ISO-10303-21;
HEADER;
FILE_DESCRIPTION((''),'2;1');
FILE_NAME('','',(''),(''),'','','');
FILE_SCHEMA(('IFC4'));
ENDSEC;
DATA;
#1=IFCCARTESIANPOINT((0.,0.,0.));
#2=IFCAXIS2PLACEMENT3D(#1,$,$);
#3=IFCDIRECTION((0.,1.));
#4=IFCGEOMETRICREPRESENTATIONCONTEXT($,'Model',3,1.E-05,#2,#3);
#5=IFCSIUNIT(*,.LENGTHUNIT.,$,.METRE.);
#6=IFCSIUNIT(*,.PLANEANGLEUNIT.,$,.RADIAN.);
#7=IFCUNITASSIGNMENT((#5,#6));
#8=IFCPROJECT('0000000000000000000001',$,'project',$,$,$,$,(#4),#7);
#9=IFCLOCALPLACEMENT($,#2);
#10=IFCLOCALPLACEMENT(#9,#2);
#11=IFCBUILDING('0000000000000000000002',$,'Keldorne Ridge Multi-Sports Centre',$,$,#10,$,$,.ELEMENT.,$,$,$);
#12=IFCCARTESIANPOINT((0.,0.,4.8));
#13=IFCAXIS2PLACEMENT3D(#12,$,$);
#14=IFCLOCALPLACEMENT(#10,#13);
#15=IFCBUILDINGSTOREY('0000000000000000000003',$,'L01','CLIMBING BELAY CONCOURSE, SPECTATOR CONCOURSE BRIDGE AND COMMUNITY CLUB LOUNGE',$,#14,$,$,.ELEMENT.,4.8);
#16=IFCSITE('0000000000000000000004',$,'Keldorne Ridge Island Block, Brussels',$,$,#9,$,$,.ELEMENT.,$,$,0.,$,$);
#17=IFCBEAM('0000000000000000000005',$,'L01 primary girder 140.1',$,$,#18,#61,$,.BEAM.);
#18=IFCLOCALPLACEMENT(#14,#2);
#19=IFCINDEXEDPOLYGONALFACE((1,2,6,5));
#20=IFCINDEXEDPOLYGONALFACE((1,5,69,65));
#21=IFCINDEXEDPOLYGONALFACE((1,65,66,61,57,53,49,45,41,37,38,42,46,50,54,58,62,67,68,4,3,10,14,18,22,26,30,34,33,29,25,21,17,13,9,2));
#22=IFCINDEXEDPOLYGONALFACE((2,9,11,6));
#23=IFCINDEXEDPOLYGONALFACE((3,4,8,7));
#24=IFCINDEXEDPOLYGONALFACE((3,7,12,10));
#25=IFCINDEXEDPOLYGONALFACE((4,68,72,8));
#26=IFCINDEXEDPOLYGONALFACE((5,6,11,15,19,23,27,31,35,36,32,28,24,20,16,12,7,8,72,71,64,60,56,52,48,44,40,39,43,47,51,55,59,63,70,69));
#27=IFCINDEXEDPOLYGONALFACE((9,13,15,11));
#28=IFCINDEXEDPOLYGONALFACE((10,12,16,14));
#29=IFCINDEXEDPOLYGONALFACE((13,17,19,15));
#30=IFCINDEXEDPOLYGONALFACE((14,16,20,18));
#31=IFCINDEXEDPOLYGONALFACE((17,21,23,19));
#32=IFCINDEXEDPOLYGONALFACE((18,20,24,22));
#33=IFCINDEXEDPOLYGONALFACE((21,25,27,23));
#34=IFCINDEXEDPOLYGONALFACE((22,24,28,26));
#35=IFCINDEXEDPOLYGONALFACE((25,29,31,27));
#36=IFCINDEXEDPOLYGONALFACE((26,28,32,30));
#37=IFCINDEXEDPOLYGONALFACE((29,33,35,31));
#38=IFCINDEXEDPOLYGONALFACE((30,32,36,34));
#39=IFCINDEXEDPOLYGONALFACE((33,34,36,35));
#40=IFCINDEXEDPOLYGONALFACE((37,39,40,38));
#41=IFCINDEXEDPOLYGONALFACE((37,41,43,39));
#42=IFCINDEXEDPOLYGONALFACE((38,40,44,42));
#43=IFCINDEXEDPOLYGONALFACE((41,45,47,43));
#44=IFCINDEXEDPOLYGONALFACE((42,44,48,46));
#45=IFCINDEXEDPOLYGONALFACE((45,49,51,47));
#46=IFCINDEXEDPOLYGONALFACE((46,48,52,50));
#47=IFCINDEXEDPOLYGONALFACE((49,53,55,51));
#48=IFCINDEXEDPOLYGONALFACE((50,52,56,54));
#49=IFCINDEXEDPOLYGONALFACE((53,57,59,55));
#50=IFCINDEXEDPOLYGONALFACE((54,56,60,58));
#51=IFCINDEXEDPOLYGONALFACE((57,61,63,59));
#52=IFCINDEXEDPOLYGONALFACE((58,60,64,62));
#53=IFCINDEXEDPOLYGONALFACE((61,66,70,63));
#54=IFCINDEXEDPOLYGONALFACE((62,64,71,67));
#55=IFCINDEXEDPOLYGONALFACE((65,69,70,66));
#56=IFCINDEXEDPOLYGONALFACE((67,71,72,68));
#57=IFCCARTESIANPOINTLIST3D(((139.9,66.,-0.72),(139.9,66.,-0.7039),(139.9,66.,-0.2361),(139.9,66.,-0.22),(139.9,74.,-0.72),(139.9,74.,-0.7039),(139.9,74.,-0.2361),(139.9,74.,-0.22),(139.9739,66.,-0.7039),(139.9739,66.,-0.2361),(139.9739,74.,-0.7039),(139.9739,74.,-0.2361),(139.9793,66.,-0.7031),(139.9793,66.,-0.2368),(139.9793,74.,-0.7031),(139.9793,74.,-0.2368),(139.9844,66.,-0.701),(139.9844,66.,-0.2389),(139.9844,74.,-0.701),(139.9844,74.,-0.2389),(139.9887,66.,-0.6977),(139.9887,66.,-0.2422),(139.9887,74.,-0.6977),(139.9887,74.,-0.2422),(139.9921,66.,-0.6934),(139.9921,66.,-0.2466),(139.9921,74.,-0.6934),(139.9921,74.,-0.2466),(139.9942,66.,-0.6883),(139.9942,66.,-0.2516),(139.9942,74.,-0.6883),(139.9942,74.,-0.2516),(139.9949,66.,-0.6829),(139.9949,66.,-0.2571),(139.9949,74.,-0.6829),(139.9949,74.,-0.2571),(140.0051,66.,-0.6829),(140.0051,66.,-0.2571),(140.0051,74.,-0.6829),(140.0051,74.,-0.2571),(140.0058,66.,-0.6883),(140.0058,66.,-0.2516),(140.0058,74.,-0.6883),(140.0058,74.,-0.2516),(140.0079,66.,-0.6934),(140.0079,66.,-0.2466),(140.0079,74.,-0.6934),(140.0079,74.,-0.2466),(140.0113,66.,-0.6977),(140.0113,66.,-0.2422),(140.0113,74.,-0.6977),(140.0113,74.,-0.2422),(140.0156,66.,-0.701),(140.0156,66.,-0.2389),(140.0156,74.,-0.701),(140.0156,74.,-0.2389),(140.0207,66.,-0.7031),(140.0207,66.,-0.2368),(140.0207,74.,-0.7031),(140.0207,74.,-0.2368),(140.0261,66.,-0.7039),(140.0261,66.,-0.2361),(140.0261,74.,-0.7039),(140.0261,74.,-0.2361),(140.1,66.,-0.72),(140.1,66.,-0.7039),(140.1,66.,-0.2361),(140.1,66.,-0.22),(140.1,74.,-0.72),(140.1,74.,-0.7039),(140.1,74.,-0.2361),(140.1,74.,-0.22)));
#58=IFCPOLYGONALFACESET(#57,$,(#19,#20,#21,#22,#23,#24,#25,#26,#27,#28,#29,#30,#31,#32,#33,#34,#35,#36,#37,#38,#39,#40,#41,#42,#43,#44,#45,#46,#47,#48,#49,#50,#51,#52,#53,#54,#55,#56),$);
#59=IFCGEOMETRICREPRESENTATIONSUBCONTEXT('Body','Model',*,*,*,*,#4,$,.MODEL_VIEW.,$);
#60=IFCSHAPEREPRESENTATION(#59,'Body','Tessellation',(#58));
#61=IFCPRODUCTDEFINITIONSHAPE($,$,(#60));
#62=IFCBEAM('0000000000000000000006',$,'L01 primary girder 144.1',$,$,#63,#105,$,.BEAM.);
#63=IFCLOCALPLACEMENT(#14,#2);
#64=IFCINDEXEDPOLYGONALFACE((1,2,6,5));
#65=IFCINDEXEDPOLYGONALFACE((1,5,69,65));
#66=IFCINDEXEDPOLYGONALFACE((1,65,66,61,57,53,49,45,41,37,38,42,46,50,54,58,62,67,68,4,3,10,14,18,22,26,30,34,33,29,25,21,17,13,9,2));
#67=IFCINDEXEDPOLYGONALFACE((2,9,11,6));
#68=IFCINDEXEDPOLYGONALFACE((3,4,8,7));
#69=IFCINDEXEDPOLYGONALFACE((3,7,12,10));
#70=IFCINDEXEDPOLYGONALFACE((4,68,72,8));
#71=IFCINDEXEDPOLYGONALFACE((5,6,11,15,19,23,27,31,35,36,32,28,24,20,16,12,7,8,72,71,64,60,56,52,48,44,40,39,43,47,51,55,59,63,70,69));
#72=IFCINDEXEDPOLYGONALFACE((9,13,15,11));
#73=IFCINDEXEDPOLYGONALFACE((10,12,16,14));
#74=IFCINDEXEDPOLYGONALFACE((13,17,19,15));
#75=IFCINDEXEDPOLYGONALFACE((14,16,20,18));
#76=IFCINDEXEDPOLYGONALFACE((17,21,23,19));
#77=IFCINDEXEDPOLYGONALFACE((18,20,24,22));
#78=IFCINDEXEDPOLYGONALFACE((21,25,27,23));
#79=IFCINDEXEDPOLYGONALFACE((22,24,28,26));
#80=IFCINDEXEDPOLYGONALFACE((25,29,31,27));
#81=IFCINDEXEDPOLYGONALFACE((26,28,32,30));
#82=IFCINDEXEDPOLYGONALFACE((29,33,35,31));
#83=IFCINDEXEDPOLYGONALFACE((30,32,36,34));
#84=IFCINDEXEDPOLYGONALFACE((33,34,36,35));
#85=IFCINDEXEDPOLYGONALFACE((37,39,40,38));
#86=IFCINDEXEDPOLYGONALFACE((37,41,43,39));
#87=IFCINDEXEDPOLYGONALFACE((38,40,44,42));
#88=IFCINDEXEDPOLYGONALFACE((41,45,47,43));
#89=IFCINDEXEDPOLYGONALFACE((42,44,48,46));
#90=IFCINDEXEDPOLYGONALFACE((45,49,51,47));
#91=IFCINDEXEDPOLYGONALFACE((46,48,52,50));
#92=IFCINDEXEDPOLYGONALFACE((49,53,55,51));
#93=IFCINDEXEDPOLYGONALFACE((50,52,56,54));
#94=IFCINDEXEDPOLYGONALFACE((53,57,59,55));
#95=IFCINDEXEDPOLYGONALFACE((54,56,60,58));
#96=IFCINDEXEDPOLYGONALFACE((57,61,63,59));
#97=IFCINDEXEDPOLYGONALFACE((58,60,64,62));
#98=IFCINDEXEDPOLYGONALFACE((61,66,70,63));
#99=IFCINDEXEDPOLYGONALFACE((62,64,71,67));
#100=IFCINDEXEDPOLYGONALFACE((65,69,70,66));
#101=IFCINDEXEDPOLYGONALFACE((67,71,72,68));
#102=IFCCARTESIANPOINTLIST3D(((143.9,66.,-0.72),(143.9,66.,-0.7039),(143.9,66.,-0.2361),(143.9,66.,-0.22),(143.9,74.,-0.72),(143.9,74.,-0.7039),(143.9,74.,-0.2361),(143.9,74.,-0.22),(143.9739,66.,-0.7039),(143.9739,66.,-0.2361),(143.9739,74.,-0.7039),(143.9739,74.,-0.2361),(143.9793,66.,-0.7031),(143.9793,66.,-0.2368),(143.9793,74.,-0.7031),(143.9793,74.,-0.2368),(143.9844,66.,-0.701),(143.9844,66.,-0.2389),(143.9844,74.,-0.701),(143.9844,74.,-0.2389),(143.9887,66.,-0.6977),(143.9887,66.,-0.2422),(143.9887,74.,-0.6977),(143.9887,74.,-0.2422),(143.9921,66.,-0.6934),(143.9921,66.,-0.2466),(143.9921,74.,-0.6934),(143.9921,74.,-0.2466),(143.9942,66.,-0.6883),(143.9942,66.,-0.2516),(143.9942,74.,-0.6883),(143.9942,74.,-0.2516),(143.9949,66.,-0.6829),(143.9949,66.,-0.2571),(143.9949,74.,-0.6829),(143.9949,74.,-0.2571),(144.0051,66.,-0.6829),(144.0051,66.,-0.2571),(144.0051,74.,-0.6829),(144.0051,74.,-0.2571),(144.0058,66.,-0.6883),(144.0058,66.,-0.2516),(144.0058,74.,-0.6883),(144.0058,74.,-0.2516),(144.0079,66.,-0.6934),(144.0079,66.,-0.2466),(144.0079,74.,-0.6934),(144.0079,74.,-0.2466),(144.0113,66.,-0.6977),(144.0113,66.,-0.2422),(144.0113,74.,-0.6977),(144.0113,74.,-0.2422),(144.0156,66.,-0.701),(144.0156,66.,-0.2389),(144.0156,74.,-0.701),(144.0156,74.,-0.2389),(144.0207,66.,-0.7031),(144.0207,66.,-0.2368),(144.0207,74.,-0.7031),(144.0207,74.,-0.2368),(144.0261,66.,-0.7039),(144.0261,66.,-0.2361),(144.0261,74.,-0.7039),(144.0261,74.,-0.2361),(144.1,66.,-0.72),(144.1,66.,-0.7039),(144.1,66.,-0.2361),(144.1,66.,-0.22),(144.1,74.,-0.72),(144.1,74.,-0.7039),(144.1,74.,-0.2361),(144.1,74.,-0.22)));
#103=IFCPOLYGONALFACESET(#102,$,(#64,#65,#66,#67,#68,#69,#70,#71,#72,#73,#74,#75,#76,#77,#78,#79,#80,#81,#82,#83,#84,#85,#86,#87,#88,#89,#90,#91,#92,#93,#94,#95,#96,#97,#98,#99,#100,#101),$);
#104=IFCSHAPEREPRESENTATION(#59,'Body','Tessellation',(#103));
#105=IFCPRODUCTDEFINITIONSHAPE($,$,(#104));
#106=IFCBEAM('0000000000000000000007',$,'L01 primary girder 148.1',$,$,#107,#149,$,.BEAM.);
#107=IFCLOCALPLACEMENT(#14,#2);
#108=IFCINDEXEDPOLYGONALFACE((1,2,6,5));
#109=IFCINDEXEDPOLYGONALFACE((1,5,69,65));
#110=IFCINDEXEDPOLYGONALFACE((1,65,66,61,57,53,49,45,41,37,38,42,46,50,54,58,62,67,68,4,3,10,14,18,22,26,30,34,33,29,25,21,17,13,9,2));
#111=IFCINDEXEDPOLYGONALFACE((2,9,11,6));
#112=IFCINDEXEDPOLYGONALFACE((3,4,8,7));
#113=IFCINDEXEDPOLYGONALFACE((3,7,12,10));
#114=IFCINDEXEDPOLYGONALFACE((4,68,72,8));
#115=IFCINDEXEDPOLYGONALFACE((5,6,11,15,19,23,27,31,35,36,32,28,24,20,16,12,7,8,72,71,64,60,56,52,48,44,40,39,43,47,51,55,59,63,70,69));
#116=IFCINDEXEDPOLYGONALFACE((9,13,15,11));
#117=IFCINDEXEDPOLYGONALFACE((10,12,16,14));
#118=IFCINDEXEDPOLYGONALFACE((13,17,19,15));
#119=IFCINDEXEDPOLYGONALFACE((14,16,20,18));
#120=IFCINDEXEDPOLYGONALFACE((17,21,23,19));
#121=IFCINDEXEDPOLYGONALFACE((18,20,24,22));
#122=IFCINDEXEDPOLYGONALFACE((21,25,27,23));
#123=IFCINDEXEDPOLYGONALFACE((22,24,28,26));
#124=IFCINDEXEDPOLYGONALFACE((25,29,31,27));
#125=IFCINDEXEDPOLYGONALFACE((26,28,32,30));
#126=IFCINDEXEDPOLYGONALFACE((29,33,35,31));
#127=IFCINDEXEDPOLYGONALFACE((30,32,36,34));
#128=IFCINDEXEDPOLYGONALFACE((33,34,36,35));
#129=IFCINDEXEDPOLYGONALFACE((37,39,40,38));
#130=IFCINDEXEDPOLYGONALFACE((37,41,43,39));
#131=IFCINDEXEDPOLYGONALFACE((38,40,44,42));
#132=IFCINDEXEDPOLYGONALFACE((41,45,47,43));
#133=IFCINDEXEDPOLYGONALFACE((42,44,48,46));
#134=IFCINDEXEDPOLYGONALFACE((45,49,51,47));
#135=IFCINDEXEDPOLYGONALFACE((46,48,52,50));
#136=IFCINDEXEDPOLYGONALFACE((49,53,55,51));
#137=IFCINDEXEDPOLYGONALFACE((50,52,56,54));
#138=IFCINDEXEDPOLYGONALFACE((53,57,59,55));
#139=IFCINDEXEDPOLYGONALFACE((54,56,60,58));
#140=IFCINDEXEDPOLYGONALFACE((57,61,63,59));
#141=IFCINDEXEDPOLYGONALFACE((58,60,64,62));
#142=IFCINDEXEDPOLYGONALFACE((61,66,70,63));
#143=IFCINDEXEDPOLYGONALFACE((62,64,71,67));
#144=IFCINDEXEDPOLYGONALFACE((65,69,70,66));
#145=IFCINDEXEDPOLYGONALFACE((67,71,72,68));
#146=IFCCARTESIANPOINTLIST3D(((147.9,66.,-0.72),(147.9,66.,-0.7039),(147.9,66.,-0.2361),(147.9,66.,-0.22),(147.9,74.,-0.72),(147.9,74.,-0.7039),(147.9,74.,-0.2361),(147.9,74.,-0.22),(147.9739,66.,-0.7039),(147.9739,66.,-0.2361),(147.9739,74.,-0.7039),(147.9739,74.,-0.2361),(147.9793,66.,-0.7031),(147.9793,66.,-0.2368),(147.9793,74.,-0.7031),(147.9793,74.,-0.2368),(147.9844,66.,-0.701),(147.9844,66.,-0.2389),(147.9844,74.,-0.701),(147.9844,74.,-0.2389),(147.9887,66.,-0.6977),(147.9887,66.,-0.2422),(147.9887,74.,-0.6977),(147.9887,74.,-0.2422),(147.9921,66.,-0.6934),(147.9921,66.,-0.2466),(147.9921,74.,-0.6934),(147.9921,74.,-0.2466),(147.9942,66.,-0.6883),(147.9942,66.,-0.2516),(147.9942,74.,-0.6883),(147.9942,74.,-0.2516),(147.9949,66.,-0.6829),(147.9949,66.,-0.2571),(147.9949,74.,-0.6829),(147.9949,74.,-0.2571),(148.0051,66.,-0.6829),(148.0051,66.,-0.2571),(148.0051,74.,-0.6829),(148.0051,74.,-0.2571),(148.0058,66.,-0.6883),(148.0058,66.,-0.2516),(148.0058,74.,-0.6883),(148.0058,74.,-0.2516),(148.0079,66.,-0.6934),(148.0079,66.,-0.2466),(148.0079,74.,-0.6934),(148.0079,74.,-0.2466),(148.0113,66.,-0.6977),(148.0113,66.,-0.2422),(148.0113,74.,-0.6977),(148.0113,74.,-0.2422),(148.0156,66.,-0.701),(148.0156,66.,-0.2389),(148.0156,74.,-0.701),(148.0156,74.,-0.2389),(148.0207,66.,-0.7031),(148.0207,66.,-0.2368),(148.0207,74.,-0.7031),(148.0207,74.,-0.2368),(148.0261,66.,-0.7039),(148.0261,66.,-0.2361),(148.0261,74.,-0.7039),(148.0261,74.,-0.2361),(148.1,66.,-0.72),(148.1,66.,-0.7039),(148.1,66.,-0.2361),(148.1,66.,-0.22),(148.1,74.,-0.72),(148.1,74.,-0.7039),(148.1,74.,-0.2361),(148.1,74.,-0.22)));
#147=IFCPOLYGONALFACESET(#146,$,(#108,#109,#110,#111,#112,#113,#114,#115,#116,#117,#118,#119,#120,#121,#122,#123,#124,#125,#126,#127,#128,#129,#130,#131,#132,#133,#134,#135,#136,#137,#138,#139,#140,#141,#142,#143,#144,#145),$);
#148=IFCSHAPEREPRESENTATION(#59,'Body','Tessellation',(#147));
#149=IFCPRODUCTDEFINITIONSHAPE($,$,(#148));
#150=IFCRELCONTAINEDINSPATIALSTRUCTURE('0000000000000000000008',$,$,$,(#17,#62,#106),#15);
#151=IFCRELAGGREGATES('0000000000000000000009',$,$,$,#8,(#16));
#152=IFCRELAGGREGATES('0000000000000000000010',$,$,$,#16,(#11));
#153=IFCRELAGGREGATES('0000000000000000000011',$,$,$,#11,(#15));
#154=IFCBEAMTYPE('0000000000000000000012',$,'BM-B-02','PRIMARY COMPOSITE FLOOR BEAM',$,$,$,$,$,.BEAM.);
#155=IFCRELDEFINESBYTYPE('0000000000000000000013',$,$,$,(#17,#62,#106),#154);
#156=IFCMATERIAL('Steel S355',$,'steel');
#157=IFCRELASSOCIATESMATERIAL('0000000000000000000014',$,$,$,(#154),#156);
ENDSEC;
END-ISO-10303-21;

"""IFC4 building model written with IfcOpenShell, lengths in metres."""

from ifc_helpers import new_model, si_unit, direction, frame, origin, origin_2d, place, context, subcontext, project, spatial, i_section, extrude, material, material_profile, profile_set, type_object, element, save


model = new_model("IFC4")

# Units and contexts
model_context = context("Model", 3, precision=1e-05, world=origin(), true_north=direction((0.0, 1.0)))
body_context = subcontext(model_context, "Body", "Model", "MODEL_VIEW")
ifc_project = project(units=[si_unit("LENGTHUNIT", "METRE"), si_unit("PLANEANGLEUNIT", "RADIAN")], contexts=[model_context])

# Site, building, storey
site_placement = place(None, origin())
site = spatial("IfcSite", under=ifc_project, at=site_placement, Name="Keldorne Ridge Island Block, Brussels", CompositionType="ELEMENT", RefElevation=0.0)
building_placement = place(site_placement, origin())
building = spatial("IfcBuilding", under=site, at=building_placement, Name="Keldorne Ridge Multi-Sports Centre", CompositionType="ELEMENT")
storey_placement = place(building_placement, frame((0.0, 0.0, 4.8)))
storey = spatial("IfcBuildingStorey", under=building, at=storey_placement, Name="L01", Description="CLIMBING BELAY CONCOURSE, SPECTATOR CONCOURSE BRIDGE AND COMMUNITY CLUB LOUNGE", CompositionType="ELEMENT", Elevation=4.8)

# Shared definitions
ifc_material_1 = material(Name="Steel S355", Category="steel")

# Beams
ifc_material_profile_1 = material_profile(ifc_material_1, i_section(OverallWidth=0.2, OverallDepth=0.5, WebThickness=0.0103, FlangeThickness=0.0161, FilletRadius=0.021, at=origin_2d()), Name="IPE 500")
ifc_profile_set_1 = profile_set([ifc_material_profile_1], Name="Steel S355")
beam_type_1 = type_object("IfcBeamType", Name="BM-B-02", Description="PRIMARY COMPOSITE FLOOR BEAM", PredefinedType="BEAM", material=ifc_profile_set_1)
for number, where, z_axis, x_axis, name in (
    (1, (140.0, 66.0, -0.47), (0.0, 1.0, 0.0), (-1.0, 0.0, 0.0), "L01 primary girder 140.1"),
    (2, (144.0, 66.0, -0.47), (0.0, 1.0, 0.0), (-1.0, 0.0, 0.0), "L01 primary girder 144.1"),
    (3, (148.0, 66.0, -0.47), (0.0, 1.0, 0.0), (-1.0, 0.0, 0.0), "L01 primary girder 148.1"),
):
    element("IfcBeam", number, at=place(storey_placement, frame(where, z_axis=z_axis, x_axis=x_axis)), inside=storey, type_object=beam_type_1, Name=name, PredefinedType="BEAM", context=body_context, shape_type="SweptSolid", body=[
        extrude(i_section(OverallWidth=0.2, OverallDepth=0.5, WebThickness=0.0103, FlangeThickness=0.0161, FilletRadius=0.021, at=origin_2d()), origin(), (0.0, 0.0, 1.0), 8.0),
    ])

save(model, "model.ifc")
